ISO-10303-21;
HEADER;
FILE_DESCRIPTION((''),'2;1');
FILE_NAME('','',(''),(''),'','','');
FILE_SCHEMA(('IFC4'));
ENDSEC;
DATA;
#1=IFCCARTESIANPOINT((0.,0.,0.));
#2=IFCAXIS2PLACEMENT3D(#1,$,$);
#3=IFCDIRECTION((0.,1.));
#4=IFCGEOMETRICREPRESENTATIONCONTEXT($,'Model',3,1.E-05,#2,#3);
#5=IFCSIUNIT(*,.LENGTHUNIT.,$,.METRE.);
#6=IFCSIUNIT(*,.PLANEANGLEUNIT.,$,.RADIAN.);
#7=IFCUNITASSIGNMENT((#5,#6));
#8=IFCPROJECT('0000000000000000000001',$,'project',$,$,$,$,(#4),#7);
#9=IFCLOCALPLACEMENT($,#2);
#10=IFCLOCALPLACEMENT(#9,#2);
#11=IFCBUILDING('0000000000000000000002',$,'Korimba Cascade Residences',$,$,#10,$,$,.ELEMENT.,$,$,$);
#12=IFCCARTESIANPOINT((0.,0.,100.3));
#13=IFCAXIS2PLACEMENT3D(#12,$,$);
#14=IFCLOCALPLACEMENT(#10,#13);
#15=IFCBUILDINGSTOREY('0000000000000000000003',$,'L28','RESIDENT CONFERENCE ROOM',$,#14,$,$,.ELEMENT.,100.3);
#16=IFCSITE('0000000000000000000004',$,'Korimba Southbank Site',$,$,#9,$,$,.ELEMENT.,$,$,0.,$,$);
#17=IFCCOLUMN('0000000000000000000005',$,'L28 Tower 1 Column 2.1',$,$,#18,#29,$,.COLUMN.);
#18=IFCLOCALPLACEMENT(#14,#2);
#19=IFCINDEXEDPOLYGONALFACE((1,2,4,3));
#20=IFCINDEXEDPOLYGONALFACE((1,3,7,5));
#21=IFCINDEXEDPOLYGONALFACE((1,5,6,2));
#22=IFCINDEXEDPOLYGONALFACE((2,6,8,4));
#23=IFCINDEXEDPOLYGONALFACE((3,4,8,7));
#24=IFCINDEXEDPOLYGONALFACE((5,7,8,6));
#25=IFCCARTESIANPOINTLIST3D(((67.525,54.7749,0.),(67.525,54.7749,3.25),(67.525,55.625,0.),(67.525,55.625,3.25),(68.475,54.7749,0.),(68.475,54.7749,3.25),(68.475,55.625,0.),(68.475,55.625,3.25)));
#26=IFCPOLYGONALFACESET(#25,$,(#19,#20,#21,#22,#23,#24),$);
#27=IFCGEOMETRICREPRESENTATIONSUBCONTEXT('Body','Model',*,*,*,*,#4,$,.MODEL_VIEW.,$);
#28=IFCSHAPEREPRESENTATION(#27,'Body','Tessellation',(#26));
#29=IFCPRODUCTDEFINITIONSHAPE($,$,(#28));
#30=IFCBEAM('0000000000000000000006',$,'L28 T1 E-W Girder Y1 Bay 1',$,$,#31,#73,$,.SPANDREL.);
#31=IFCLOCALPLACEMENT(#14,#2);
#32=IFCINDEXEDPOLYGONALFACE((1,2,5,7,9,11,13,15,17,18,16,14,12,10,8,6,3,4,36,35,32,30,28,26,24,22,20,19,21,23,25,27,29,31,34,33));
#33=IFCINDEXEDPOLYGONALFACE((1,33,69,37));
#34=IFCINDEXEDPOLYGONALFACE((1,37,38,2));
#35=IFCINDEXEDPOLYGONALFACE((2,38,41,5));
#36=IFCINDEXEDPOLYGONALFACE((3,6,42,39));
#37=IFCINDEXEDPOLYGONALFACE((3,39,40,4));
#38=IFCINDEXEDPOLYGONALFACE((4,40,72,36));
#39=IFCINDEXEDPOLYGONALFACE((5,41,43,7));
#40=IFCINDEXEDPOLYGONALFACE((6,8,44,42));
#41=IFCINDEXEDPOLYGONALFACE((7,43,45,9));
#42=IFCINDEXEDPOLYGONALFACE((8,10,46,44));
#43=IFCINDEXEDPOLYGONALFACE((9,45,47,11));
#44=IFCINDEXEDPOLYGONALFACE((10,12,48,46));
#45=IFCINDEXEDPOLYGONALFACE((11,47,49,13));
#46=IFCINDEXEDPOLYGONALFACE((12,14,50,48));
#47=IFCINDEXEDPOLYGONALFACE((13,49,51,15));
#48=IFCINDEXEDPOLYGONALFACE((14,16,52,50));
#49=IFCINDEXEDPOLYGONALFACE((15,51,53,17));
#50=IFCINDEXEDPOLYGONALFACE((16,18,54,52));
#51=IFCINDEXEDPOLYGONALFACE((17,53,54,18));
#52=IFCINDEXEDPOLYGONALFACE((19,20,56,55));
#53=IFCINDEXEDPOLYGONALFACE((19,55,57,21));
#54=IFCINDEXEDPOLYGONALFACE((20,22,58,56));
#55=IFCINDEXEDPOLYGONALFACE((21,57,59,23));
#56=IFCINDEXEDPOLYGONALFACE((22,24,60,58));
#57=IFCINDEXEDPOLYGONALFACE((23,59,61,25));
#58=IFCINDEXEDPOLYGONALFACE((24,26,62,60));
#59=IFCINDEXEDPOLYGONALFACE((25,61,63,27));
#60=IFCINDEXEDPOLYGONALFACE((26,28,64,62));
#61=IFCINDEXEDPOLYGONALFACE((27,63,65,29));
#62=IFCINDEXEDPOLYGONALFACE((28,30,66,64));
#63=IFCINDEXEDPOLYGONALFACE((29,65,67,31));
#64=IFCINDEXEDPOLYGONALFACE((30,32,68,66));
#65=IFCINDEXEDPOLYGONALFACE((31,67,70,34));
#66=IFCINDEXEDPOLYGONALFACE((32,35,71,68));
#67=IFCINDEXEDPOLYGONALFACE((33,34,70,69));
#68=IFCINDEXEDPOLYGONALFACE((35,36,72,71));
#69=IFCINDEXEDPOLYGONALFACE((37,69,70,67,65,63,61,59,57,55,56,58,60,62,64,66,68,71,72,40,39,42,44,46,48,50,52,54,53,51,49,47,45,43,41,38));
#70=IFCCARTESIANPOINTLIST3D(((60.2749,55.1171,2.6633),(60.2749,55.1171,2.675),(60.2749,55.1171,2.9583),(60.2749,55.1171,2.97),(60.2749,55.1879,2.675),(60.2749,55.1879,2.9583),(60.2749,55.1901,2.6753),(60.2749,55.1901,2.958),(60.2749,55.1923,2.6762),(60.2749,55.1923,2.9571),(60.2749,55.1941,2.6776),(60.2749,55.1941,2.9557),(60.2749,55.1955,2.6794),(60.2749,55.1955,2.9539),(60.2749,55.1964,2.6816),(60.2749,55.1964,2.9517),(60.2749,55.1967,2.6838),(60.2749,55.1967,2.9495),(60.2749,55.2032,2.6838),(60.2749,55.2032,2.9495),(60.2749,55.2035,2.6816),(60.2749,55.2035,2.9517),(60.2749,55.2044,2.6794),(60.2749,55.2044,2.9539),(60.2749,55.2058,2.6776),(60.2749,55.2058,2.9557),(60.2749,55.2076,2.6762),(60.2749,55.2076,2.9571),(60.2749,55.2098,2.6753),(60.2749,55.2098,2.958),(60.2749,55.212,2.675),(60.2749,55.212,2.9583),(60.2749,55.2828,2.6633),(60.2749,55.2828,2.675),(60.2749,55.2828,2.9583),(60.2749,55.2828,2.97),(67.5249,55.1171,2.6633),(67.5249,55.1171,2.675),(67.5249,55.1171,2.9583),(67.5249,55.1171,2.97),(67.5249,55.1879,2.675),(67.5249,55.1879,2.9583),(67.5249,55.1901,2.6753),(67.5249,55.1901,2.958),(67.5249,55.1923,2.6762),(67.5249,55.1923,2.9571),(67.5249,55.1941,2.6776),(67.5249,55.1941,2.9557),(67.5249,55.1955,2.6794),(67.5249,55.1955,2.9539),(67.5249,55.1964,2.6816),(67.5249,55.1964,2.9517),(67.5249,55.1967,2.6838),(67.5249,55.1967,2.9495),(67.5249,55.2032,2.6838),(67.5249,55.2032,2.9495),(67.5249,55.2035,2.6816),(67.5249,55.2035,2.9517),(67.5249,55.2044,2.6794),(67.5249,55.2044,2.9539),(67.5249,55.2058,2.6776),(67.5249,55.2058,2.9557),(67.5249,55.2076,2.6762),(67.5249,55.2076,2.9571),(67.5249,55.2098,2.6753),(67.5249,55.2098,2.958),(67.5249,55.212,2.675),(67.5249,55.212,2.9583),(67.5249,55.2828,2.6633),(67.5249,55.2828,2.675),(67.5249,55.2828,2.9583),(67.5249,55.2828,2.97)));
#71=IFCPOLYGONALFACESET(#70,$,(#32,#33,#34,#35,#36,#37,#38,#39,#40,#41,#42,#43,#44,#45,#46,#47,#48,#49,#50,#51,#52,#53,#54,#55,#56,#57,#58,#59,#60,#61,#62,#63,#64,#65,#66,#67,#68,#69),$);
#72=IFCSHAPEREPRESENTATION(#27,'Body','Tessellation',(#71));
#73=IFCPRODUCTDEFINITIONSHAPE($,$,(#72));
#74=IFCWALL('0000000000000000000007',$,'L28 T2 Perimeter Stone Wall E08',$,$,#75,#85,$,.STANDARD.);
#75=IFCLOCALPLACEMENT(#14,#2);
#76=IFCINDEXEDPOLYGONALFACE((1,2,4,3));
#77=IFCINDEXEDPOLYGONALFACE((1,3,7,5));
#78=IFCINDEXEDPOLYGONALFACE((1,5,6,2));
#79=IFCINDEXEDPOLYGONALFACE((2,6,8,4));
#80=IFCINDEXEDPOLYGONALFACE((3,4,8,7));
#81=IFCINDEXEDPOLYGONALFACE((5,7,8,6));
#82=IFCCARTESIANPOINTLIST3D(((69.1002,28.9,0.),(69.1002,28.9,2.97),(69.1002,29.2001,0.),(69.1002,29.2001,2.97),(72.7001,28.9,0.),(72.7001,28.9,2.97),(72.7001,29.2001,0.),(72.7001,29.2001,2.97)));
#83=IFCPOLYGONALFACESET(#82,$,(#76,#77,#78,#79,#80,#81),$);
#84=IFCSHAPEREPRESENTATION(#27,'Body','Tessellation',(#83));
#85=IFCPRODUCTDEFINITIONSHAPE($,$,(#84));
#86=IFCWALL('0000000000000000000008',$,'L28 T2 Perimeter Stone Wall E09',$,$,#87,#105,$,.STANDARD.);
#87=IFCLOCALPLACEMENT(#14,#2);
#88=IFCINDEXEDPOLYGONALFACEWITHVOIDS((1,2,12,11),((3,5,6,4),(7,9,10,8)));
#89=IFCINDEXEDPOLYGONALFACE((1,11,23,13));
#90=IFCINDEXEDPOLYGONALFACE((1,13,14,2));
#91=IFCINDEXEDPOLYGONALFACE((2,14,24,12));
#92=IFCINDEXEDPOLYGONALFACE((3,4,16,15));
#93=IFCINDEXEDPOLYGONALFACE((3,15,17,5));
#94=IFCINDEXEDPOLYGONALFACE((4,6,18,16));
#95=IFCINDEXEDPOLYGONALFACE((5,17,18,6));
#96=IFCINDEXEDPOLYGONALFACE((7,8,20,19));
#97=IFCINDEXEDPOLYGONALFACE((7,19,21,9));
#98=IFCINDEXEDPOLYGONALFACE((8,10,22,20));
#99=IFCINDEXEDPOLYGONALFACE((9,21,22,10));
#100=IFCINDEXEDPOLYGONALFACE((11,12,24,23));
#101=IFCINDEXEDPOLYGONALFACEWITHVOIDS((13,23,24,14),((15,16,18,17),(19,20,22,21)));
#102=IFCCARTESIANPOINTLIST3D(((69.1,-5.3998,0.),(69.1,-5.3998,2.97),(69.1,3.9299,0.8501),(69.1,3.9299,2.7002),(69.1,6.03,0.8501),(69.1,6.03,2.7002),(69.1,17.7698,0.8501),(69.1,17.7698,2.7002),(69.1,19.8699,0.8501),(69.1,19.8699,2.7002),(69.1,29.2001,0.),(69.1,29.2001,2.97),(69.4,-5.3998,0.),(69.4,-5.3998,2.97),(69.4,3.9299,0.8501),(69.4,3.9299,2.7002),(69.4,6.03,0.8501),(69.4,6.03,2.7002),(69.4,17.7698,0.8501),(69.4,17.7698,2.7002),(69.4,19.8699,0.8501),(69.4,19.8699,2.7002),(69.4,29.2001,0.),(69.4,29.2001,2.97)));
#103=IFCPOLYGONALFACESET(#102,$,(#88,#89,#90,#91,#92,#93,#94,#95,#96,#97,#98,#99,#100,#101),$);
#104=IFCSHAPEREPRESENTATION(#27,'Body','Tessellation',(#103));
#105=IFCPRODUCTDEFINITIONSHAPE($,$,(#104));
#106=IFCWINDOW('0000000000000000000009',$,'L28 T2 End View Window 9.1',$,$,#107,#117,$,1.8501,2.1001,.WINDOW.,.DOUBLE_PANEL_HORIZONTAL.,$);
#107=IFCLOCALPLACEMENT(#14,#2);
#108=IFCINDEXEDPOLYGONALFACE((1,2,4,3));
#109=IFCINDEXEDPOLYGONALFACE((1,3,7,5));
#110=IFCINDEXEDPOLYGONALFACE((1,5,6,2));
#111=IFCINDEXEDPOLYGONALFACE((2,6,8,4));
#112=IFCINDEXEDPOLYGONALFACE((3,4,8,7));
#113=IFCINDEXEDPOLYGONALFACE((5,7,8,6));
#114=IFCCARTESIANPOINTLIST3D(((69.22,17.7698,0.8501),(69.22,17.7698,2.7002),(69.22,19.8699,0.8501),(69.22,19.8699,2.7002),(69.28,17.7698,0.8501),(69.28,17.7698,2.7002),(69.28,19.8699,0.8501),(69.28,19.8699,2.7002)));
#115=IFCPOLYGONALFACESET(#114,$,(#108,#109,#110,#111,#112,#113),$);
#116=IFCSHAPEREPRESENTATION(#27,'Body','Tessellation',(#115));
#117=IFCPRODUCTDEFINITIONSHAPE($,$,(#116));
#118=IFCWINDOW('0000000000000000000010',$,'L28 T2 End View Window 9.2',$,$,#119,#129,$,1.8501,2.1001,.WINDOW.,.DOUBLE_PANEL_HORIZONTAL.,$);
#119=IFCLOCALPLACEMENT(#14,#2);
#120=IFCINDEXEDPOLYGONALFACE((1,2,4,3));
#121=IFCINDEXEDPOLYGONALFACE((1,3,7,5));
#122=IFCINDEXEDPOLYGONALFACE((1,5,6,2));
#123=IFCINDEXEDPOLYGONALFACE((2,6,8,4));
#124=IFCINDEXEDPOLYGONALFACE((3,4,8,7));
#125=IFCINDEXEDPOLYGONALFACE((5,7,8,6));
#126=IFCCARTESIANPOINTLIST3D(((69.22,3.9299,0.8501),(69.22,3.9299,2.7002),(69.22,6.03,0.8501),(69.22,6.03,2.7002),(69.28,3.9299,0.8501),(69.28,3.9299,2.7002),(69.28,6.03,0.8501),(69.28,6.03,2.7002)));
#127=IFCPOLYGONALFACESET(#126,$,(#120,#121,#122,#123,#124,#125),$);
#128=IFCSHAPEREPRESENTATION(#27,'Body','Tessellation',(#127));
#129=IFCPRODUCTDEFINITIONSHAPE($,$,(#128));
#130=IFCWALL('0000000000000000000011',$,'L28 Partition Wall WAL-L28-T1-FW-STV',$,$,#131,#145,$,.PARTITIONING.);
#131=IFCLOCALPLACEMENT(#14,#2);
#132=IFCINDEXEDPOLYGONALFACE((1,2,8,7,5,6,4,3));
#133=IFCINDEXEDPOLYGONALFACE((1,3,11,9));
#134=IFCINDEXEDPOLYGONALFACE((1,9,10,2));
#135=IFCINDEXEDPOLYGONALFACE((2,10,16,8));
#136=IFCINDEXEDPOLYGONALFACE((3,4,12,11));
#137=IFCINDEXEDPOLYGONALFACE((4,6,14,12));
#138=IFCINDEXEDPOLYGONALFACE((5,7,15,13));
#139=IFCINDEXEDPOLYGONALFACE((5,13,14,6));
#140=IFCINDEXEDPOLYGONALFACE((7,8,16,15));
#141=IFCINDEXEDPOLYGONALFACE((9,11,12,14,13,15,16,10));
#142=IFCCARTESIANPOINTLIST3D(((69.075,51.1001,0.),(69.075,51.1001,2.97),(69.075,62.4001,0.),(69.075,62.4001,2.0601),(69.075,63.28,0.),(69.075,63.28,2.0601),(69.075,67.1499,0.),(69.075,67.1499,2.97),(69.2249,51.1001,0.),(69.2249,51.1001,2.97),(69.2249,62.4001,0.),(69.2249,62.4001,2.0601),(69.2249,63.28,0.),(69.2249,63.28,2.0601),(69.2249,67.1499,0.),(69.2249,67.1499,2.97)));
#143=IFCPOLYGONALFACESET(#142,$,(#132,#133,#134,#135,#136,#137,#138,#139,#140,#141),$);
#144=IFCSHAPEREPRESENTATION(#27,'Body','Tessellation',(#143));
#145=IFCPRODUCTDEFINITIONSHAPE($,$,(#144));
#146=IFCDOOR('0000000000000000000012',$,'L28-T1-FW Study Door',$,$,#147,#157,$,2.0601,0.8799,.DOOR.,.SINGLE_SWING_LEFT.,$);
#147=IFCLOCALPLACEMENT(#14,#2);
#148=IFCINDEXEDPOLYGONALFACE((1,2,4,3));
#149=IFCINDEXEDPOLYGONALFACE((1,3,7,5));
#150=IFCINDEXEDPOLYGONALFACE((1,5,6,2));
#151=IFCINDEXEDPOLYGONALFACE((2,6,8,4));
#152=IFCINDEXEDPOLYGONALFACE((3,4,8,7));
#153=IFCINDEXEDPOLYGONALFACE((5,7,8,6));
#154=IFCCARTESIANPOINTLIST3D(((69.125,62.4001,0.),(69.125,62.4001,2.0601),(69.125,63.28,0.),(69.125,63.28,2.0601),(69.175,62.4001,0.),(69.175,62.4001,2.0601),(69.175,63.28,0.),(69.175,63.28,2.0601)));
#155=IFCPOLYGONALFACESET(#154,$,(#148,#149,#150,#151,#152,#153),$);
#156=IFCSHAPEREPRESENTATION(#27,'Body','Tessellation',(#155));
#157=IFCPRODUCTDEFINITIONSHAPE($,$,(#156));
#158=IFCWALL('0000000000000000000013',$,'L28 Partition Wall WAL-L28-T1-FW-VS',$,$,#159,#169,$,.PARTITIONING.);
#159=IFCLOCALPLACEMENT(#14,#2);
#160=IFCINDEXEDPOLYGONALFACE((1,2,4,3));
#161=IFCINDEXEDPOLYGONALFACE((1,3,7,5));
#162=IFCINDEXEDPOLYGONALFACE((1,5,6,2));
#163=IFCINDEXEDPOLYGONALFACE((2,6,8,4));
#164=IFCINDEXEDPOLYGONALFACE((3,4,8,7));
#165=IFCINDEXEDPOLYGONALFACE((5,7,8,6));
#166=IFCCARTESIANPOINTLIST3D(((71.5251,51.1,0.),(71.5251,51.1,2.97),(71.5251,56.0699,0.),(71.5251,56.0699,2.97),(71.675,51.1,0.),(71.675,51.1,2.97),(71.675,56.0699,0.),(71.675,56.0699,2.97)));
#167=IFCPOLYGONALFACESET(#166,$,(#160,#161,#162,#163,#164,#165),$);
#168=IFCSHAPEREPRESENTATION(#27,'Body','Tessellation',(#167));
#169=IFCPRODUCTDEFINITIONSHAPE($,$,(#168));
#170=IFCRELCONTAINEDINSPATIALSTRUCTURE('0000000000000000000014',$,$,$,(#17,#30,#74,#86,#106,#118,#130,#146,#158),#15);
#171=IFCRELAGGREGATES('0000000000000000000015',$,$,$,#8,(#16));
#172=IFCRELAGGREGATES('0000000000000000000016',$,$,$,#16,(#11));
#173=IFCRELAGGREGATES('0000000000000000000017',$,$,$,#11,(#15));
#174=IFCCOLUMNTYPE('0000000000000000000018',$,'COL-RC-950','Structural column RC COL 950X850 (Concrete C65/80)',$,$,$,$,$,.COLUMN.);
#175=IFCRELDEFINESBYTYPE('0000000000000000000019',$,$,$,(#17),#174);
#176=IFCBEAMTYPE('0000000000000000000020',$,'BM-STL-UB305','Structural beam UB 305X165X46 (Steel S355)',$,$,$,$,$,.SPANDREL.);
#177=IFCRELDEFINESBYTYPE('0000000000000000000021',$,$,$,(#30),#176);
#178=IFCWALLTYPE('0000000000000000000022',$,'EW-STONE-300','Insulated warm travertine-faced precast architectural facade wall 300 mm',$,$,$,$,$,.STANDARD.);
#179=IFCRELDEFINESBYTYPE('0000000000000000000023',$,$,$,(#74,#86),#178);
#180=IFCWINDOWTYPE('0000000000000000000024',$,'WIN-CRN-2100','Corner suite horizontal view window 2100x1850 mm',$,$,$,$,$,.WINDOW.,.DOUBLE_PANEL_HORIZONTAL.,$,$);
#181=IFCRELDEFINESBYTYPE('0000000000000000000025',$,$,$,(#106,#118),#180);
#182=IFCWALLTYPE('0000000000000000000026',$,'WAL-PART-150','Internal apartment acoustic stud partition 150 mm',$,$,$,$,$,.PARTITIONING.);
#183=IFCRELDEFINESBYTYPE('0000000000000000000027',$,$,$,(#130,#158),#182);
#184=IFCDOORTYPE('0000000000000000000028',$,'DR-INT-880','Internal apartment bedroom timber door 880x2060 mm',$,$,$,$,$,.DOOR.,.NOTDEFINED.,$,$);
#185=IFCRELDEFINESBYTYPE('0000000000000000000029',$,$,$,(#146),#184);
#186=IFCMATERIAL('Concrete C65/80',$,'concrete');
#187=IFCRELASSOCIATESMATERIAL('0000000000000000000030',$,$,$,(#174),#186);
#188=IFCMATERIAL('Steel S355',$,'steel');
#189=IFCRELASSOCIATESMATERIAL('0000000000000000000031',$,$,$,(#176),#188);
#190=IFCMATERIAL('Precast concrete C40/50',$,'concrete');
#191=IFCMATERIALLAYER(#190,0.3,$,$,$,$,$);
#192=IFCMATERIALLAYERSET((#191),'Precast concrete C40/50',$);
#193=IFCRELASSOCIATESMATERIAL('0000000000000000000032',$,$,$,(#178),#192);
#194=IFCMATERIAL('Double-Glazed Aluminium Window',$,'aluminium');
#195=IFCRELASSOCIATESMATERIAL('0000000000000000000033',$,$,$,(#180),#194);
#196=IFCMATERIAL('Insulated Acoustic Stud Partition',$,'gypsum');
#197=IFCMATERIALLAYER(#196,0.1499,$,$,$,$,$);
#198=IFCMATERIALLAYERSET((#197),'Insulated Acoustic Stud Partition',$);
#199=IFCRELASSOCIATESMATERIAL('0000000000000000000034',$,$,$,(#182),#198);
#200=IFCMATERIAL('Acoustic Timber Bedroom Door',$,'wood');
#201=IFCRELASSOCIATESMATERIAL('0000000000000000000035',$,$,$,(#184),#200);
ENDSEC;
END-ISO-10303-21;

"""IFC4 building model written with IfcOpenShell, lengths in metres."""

from ifc_helpers import new_model, si_unit, direction, frame, frame_2d, origin, origin_2d, place, context, subcontext, project, spatial, rectangle, i_section, extrude, material, layer, layer_set, material_profile, profile_set, type_object, element, fill, save


model = new_model("IFC4")

# Units and contexts
model_context = context("Model", 3, precision=1e-05, world=origin(), true_north=direction((0.0, 1.0)))
body_context = subcontext(model_context, "Body", "Model", "MODEL_VIEW")
ifc_project = project(units=[si_unit("LENGTHUNIT", "METRE"), si_unit("PLANEANGLEUNIT", "RADIAN")], contexts=[model_context])

# Site, building, storey
site_placement = place(None, origin())
site = spatial("IfcSite", under=ifc_project, at=site_placement, Name="Korimba Southbank Site", CompositionType="ELEMENT", RefElevation=0.0)
building_placement = place(site_placement, origin())
building = spatial("IfcBuilding", under=site, at=building_placement, Name="Korimba Cascade Residences", CompositionType="ELEMENT")
storey_placement = place(building_placement, frame((0.0, 0.0, 100.3)))
storey = spatial("IfcBuildingStorey", under=building, at=storey_placement, Name="L28", Description="RESIDENT CONFERENCE ROOM", CompositionType="ELEMENT", Elevation=100.3)

# Column
ifc_material_1 = material(Name="Concrete C65/80", Category="concrete")
ifc_material_profile_1 = material_profile(ifc_material_1, rectangle(XDim=0.95, YDim=0.8501, at=origin_2d()), Name="Concrete C65/80")
ifc_profile_set_1 = profile_set([ifc_material_profile_1], Name="Concrete C65/80")
column_type = type_object("IfcColumnType", Name="COL-RC-950", Description="Structural column RC COL 950X850 (Concrete C65/80)", PredefinedType="COLUMN", material=ifc_profile_set_1)
column_placement = place(storey_placement, frame((68.0, 55.2, 0.0), z_axis=(0.0, 0.0, 1.0), x_axis=(1.0, 0.0, 0.0)))
element("IfcColumn", 1, at=column_placement, inside=storey, type_object=column_type, Name="L28 Tower 1 Column 2.1", PredefinedType="COLUMN", context=body_context, shape_type="SweptSolid", body=[
    extrude(rectangle(XDim=0.95, YDim=0.8501, at=origin_2d()), origin(), (0.0, 0.0, 1.0), 3.25),
])

# Beam
ifc_material_2 = material(Name="Steel S355", Category="steel")
ifc_material_profile_2 = material_profile(ifc_material_2, i_section(OverallWidth=0.1658, OverallDepth=0.3066, WebThickness=0.0066, FlangeThickness=0.0117, FilletRadius=0.0088, at=origin_2d()), Name="Steel S355")
ifc_profile_set_2 = profile_set([ifc_material_profile_2], Name="Steel S355")
beam_type = type_object("IfcBeamType", Name="BM-STL-UB305", Description="Structural beam UB 305X165X46 (Steel S355)", PredefinedType="SPANDREL", material=ifc_profile_set_2)
beam_placement = place(storey_placement, frame((60.2749, 55.2, 2.8167), z_axis=(1.0, 0.0, 0.0), x_axis=(0.0, 1.0, 0.0)))
element("IfcBeam", 2, at=beam_placement, inside=storey, type_object=beam_type, Name="L28 T1 E-W Girder Y1 Bay 1", PredefinedType="SPANDREL", context=body_context, shape_type="SweptSolid", body=[
    extrude(i_section(OverallWidth=0.1658, OverallDepth=0.3066, WebThickness=0.0066, FlangeThickness=0.0117, FilletRadius=0.0088, at=origin_2d()), origin(), (0.0, 0.0, 1.0), 7.25),
])

# Wall
ifc_material_3 = material(Name="Precast concrete C40/50", Category="concrete")
ifc_layer_1 = layer(ifc_material_3, 0.3)
ifc_layer_set_1 = layer_set([ifc_layer_1], Name="Precast concrete C40/50")
wall_type_1 = type_object("IfcWallType", Name="EW-STONE-300", Description="Insulated warm travertine-faced precast architectural facade wall 300 mm", PredefinedType="STANDARD", material=ifc_layer_set_1)
wall_1_placement = place(storey_placement, frame((72.7, 29.05, 0.0), z_axis=(0.0, 0.0, 1.0), x_axis=(-1.0, 0.0, 0.0)))
element("IfcWall", 3, at=wall_1_placement, inside=storey, type_object=wall_type_1, Name="L28 T2 Perimeter Stone Wall E08", PredefinedType="STANDARD", context=body_context, shape_type="SweptSolid", body=[
    extrude(rectangle(XDim=3.5999, YDim=0.3, at=frame_2d((1.7998, 0.0))), origin(), (0.0, 0.0, 1.0), 2.97),
])

# Wall, openings, windows
wall_2_placement = place(storey_placement, frame((69.25, 29.2, 0.0), z_axis=(0.0, 0.0, 1.0), x_axis=(0.0, -1.0, 0.0)))
wall_2 = element("IfcWall", 4, at=wall_2_placement, inside=storey, type_object=wall_type_1, Name="L28 T2 Perimeter Stone Wall E09", PredefinedType="STANDARD", context=body_context, shape_type="SweptSolid", body=[
    extrude(rectangle(XDim=34.5999, YDim=0.3, at=frame_2d((17.2998, 0.0))), origin(), (0.0, 0.0, 1.0), 2.97),
])
opening_1_placement = place(wall_2_placement, frame((9.3301, 0.0, 0.8501)))
opening_1 = element("IfcOpeningElement", 5, at=opening_1_placement, cuts=wall_2, PredefinedType="OPENING", context=body_context, shape_type="SweptSolid", body=[
    extrude(rectangle(XDim=2.1001, YDim=1.8501, at=frame_2d((1.05, 0.925))), frame((0.0, 0.1602, 0.0), z_axis=(0.0, -1.0, 0.0), x_axis=(1.0, 0.0, 0.0)), (0.0, 0.0, 1.0), 0.3201),
])
opening_2_placement = place(wall_2_placement, frame((23.1699, 0.0, 0.8501)))
opening_2 = element("IfcOpeningElement", 6, at=opening_2_placement, cuts=wall_2, PredefinedType="OPENING", context=body_context, shape_type="SweptSolid", body=[
    extrude(rectangle(XDim=2.1001, YDim=1.8501, at=frame_2d((1.05, 0.925))), frame((0.0, 0.1602, 0.0), z_axis=(0.0, -1.0, 0.0), x_axis=(1.0, 0.0, 0.0)), (0.0, 0.0, 1.0), 0.3201),
])
ifc_material_4 = material(Name="Double-Glazed Aluminium Window", Category="aluminium")
window_type = type_object("IfcWindowType", Name="WIN-CRN-2100", Description="Corner suite horizontal view window 2100x1850 mm", PartitioningType="DOUBLE_PANEL_HORIZONTAL", PredefinedType="WINDOW", material=ifc_material_4)
window_1_placement = place(opening_1_placement, origin())
window_1 = element("IfcWindow", 7, at=window_1_placement, inside=storey, type_object=window_type, Name="L28 T2 End View Window 9.1", OverallHeight=1.8501, OverallWidth=2.1001, PartitioningType="DOUBLE_PANEL_HORIZONTAL", PredefinedType="WINDOW", context=body_context, shape_type="SweptSolid", body=[
    extrude(rectangle(XDim=2.1001, YDim=1.8501, at=frame_2d((1.05, 0.925))), frame((0.0, 0.03, 0.0), z_axis=(0.0, -1.0, 0.0), x_axis=(1.0, 0.0, 0.0)), (0.0, 0.0, 1.0), 0.0601),
])
fill(opening_1, window_1)
window_2_placement = place(opening_2_placement, origin())
window_2 = element("IfcWindow", 8, at=window_2_placement, inside=storey, type_object=window_type, Name="L28 T2 End View Window 9.2", OverallHeight=1.8501, OverallWidth=2.1001, PartitioningType="DOUBLE_PANEL_HORIZONTAL", PredefinedType="WINDOW", context=body_context, shape_type="SweptSolid", body=[
    extrude(rectangle(XDim=2.1001, YDim=1.8501, at=frame_2d((1.05, 0.925))), frame((0.0, 0.03, 0.0), z_axis=(0.0, -1.0, 0.0), x_axis=(1.0, 0.0, 0.0)), (0.0, 0.0, 1.0), 0.0601),
])
fill(opening_2, window_2)

# Wall, opening, door
ifc_material_5 = material(Name="Insulated Acoustic Stud Partition", Category="gypsum")
ifc_layer_2 = layer(ifc_material_5, 0.1499)
ifc_layer_set_2 = layer_set([ifc_layer_2], Name="Insulated Acoustic Stud Partition")
wall_type_2 = type_object("IfcWallType", Name="WAL-PART-150", Description="Internal apartment acoustic stud partition 150 mm", PredefinedType="PARTITIONING", material=ifc_layer_set_2)
wall_3_placement = place(storey_placement, frame((69.1499, 51.1001, 0.0), z_axis=(0.0, 0.0, 1.0), x_axis=(0.0, 1.0, 0.0)))
wall_3 = element("IfcWall", 9, at=wall_3_placement, inside=storey, type_object=wall_type_2, Name="L28 Partition Wall WAL-L28-T1-FW-STV", PredefinedType="PARTITIONING", context=body_context, shape_type="SweptSolid", body=[
    extrude(rectangle(XDim=16.0498, YDim=0.1499, at=frame_2d((8.0249, 0.0))), origin(), (0.0, 0.0, 1.0), 2.97),
])
opening_3_placement = place(wall_3_placement, frame((11.3, 0.0, 0.0)))
opening_3 = element("IfcOpeningElement", 10, at=opening_3_placement, cuts=wall_3, PredefinedType="OPENING", context=body_context, shape_type="SweptSolid", body=[
    extrude(rectangle(XDim=0.8799, YDim=2.0601, at=frame_2d((0.4399, 1.03))), frame((0.0, 0.085, 0.0), z_axis=(0.0, -1.0, 0.0), x_axis=(1.0, 0.0, 0.0)), (0.0, 0.0, 1.0), 0.1699),
])
ifc_material_6 = material(Name="Acoustic Timber Bedroom Door", Category="wood")
door_type_1 = type_object("IfcDoorType", Name="DR-INT-880", Description="Internal apartment bedroom timber door 880x2060 mm", OperationType="NOTDEFINED", PredefinedType="DOOR", material=ifc_material_6)
door_1_placement = place(opening_3_placement, origin())
door_1 = element("IfcDoor", 11, at=door_1_placement, inside=storey, type_object=door_type_1, Name="L28-T1-FW Study Door", OperationType="SINGLE_SWING_LEFT", OverallHeight=2.0601, OverallWidth=0.8799, PredefinedType="DOOR", context=body_context, shape_type="SweptSolid", body=[
    extrude(rectangle(XDim=0.8799, YDim=2.0601, at=frame_2d((0.4399, 1.03))), frame((0.0, 0.0249, 0.0), z_axis=(0.0, -1.0, 0.0), x_axis=(1.0, 0.0, 0.0)), (0.0, 0.0, 1.0), 0.05),
])
fill(opening_3, door_1)

# Wall
wall_4_placement = place(storey_placement, frame((71.6001, 51.1001, 0.0), z_axis=(0.0, 0.0, 1.0), x_axis=(0.0, 1.0, 0.0)))
element("IfcWall", 12, at=wall_4_placement, inside=storey, type_object=wall_type_2, Name="L28 Partition Wall WAL-L28-T1-FW-VS", PredefinedType="PARTITIONING", context=body_context, shape_type="SweptSolid", body=[
    extrude(rectangle(XDim=4.97, YDim=0.1499, at=frame_2d((2.4849, 0.0))), origin(), (0.0, 0.0, 1.0), 2.97),
])

save(model, "model.ifc")
